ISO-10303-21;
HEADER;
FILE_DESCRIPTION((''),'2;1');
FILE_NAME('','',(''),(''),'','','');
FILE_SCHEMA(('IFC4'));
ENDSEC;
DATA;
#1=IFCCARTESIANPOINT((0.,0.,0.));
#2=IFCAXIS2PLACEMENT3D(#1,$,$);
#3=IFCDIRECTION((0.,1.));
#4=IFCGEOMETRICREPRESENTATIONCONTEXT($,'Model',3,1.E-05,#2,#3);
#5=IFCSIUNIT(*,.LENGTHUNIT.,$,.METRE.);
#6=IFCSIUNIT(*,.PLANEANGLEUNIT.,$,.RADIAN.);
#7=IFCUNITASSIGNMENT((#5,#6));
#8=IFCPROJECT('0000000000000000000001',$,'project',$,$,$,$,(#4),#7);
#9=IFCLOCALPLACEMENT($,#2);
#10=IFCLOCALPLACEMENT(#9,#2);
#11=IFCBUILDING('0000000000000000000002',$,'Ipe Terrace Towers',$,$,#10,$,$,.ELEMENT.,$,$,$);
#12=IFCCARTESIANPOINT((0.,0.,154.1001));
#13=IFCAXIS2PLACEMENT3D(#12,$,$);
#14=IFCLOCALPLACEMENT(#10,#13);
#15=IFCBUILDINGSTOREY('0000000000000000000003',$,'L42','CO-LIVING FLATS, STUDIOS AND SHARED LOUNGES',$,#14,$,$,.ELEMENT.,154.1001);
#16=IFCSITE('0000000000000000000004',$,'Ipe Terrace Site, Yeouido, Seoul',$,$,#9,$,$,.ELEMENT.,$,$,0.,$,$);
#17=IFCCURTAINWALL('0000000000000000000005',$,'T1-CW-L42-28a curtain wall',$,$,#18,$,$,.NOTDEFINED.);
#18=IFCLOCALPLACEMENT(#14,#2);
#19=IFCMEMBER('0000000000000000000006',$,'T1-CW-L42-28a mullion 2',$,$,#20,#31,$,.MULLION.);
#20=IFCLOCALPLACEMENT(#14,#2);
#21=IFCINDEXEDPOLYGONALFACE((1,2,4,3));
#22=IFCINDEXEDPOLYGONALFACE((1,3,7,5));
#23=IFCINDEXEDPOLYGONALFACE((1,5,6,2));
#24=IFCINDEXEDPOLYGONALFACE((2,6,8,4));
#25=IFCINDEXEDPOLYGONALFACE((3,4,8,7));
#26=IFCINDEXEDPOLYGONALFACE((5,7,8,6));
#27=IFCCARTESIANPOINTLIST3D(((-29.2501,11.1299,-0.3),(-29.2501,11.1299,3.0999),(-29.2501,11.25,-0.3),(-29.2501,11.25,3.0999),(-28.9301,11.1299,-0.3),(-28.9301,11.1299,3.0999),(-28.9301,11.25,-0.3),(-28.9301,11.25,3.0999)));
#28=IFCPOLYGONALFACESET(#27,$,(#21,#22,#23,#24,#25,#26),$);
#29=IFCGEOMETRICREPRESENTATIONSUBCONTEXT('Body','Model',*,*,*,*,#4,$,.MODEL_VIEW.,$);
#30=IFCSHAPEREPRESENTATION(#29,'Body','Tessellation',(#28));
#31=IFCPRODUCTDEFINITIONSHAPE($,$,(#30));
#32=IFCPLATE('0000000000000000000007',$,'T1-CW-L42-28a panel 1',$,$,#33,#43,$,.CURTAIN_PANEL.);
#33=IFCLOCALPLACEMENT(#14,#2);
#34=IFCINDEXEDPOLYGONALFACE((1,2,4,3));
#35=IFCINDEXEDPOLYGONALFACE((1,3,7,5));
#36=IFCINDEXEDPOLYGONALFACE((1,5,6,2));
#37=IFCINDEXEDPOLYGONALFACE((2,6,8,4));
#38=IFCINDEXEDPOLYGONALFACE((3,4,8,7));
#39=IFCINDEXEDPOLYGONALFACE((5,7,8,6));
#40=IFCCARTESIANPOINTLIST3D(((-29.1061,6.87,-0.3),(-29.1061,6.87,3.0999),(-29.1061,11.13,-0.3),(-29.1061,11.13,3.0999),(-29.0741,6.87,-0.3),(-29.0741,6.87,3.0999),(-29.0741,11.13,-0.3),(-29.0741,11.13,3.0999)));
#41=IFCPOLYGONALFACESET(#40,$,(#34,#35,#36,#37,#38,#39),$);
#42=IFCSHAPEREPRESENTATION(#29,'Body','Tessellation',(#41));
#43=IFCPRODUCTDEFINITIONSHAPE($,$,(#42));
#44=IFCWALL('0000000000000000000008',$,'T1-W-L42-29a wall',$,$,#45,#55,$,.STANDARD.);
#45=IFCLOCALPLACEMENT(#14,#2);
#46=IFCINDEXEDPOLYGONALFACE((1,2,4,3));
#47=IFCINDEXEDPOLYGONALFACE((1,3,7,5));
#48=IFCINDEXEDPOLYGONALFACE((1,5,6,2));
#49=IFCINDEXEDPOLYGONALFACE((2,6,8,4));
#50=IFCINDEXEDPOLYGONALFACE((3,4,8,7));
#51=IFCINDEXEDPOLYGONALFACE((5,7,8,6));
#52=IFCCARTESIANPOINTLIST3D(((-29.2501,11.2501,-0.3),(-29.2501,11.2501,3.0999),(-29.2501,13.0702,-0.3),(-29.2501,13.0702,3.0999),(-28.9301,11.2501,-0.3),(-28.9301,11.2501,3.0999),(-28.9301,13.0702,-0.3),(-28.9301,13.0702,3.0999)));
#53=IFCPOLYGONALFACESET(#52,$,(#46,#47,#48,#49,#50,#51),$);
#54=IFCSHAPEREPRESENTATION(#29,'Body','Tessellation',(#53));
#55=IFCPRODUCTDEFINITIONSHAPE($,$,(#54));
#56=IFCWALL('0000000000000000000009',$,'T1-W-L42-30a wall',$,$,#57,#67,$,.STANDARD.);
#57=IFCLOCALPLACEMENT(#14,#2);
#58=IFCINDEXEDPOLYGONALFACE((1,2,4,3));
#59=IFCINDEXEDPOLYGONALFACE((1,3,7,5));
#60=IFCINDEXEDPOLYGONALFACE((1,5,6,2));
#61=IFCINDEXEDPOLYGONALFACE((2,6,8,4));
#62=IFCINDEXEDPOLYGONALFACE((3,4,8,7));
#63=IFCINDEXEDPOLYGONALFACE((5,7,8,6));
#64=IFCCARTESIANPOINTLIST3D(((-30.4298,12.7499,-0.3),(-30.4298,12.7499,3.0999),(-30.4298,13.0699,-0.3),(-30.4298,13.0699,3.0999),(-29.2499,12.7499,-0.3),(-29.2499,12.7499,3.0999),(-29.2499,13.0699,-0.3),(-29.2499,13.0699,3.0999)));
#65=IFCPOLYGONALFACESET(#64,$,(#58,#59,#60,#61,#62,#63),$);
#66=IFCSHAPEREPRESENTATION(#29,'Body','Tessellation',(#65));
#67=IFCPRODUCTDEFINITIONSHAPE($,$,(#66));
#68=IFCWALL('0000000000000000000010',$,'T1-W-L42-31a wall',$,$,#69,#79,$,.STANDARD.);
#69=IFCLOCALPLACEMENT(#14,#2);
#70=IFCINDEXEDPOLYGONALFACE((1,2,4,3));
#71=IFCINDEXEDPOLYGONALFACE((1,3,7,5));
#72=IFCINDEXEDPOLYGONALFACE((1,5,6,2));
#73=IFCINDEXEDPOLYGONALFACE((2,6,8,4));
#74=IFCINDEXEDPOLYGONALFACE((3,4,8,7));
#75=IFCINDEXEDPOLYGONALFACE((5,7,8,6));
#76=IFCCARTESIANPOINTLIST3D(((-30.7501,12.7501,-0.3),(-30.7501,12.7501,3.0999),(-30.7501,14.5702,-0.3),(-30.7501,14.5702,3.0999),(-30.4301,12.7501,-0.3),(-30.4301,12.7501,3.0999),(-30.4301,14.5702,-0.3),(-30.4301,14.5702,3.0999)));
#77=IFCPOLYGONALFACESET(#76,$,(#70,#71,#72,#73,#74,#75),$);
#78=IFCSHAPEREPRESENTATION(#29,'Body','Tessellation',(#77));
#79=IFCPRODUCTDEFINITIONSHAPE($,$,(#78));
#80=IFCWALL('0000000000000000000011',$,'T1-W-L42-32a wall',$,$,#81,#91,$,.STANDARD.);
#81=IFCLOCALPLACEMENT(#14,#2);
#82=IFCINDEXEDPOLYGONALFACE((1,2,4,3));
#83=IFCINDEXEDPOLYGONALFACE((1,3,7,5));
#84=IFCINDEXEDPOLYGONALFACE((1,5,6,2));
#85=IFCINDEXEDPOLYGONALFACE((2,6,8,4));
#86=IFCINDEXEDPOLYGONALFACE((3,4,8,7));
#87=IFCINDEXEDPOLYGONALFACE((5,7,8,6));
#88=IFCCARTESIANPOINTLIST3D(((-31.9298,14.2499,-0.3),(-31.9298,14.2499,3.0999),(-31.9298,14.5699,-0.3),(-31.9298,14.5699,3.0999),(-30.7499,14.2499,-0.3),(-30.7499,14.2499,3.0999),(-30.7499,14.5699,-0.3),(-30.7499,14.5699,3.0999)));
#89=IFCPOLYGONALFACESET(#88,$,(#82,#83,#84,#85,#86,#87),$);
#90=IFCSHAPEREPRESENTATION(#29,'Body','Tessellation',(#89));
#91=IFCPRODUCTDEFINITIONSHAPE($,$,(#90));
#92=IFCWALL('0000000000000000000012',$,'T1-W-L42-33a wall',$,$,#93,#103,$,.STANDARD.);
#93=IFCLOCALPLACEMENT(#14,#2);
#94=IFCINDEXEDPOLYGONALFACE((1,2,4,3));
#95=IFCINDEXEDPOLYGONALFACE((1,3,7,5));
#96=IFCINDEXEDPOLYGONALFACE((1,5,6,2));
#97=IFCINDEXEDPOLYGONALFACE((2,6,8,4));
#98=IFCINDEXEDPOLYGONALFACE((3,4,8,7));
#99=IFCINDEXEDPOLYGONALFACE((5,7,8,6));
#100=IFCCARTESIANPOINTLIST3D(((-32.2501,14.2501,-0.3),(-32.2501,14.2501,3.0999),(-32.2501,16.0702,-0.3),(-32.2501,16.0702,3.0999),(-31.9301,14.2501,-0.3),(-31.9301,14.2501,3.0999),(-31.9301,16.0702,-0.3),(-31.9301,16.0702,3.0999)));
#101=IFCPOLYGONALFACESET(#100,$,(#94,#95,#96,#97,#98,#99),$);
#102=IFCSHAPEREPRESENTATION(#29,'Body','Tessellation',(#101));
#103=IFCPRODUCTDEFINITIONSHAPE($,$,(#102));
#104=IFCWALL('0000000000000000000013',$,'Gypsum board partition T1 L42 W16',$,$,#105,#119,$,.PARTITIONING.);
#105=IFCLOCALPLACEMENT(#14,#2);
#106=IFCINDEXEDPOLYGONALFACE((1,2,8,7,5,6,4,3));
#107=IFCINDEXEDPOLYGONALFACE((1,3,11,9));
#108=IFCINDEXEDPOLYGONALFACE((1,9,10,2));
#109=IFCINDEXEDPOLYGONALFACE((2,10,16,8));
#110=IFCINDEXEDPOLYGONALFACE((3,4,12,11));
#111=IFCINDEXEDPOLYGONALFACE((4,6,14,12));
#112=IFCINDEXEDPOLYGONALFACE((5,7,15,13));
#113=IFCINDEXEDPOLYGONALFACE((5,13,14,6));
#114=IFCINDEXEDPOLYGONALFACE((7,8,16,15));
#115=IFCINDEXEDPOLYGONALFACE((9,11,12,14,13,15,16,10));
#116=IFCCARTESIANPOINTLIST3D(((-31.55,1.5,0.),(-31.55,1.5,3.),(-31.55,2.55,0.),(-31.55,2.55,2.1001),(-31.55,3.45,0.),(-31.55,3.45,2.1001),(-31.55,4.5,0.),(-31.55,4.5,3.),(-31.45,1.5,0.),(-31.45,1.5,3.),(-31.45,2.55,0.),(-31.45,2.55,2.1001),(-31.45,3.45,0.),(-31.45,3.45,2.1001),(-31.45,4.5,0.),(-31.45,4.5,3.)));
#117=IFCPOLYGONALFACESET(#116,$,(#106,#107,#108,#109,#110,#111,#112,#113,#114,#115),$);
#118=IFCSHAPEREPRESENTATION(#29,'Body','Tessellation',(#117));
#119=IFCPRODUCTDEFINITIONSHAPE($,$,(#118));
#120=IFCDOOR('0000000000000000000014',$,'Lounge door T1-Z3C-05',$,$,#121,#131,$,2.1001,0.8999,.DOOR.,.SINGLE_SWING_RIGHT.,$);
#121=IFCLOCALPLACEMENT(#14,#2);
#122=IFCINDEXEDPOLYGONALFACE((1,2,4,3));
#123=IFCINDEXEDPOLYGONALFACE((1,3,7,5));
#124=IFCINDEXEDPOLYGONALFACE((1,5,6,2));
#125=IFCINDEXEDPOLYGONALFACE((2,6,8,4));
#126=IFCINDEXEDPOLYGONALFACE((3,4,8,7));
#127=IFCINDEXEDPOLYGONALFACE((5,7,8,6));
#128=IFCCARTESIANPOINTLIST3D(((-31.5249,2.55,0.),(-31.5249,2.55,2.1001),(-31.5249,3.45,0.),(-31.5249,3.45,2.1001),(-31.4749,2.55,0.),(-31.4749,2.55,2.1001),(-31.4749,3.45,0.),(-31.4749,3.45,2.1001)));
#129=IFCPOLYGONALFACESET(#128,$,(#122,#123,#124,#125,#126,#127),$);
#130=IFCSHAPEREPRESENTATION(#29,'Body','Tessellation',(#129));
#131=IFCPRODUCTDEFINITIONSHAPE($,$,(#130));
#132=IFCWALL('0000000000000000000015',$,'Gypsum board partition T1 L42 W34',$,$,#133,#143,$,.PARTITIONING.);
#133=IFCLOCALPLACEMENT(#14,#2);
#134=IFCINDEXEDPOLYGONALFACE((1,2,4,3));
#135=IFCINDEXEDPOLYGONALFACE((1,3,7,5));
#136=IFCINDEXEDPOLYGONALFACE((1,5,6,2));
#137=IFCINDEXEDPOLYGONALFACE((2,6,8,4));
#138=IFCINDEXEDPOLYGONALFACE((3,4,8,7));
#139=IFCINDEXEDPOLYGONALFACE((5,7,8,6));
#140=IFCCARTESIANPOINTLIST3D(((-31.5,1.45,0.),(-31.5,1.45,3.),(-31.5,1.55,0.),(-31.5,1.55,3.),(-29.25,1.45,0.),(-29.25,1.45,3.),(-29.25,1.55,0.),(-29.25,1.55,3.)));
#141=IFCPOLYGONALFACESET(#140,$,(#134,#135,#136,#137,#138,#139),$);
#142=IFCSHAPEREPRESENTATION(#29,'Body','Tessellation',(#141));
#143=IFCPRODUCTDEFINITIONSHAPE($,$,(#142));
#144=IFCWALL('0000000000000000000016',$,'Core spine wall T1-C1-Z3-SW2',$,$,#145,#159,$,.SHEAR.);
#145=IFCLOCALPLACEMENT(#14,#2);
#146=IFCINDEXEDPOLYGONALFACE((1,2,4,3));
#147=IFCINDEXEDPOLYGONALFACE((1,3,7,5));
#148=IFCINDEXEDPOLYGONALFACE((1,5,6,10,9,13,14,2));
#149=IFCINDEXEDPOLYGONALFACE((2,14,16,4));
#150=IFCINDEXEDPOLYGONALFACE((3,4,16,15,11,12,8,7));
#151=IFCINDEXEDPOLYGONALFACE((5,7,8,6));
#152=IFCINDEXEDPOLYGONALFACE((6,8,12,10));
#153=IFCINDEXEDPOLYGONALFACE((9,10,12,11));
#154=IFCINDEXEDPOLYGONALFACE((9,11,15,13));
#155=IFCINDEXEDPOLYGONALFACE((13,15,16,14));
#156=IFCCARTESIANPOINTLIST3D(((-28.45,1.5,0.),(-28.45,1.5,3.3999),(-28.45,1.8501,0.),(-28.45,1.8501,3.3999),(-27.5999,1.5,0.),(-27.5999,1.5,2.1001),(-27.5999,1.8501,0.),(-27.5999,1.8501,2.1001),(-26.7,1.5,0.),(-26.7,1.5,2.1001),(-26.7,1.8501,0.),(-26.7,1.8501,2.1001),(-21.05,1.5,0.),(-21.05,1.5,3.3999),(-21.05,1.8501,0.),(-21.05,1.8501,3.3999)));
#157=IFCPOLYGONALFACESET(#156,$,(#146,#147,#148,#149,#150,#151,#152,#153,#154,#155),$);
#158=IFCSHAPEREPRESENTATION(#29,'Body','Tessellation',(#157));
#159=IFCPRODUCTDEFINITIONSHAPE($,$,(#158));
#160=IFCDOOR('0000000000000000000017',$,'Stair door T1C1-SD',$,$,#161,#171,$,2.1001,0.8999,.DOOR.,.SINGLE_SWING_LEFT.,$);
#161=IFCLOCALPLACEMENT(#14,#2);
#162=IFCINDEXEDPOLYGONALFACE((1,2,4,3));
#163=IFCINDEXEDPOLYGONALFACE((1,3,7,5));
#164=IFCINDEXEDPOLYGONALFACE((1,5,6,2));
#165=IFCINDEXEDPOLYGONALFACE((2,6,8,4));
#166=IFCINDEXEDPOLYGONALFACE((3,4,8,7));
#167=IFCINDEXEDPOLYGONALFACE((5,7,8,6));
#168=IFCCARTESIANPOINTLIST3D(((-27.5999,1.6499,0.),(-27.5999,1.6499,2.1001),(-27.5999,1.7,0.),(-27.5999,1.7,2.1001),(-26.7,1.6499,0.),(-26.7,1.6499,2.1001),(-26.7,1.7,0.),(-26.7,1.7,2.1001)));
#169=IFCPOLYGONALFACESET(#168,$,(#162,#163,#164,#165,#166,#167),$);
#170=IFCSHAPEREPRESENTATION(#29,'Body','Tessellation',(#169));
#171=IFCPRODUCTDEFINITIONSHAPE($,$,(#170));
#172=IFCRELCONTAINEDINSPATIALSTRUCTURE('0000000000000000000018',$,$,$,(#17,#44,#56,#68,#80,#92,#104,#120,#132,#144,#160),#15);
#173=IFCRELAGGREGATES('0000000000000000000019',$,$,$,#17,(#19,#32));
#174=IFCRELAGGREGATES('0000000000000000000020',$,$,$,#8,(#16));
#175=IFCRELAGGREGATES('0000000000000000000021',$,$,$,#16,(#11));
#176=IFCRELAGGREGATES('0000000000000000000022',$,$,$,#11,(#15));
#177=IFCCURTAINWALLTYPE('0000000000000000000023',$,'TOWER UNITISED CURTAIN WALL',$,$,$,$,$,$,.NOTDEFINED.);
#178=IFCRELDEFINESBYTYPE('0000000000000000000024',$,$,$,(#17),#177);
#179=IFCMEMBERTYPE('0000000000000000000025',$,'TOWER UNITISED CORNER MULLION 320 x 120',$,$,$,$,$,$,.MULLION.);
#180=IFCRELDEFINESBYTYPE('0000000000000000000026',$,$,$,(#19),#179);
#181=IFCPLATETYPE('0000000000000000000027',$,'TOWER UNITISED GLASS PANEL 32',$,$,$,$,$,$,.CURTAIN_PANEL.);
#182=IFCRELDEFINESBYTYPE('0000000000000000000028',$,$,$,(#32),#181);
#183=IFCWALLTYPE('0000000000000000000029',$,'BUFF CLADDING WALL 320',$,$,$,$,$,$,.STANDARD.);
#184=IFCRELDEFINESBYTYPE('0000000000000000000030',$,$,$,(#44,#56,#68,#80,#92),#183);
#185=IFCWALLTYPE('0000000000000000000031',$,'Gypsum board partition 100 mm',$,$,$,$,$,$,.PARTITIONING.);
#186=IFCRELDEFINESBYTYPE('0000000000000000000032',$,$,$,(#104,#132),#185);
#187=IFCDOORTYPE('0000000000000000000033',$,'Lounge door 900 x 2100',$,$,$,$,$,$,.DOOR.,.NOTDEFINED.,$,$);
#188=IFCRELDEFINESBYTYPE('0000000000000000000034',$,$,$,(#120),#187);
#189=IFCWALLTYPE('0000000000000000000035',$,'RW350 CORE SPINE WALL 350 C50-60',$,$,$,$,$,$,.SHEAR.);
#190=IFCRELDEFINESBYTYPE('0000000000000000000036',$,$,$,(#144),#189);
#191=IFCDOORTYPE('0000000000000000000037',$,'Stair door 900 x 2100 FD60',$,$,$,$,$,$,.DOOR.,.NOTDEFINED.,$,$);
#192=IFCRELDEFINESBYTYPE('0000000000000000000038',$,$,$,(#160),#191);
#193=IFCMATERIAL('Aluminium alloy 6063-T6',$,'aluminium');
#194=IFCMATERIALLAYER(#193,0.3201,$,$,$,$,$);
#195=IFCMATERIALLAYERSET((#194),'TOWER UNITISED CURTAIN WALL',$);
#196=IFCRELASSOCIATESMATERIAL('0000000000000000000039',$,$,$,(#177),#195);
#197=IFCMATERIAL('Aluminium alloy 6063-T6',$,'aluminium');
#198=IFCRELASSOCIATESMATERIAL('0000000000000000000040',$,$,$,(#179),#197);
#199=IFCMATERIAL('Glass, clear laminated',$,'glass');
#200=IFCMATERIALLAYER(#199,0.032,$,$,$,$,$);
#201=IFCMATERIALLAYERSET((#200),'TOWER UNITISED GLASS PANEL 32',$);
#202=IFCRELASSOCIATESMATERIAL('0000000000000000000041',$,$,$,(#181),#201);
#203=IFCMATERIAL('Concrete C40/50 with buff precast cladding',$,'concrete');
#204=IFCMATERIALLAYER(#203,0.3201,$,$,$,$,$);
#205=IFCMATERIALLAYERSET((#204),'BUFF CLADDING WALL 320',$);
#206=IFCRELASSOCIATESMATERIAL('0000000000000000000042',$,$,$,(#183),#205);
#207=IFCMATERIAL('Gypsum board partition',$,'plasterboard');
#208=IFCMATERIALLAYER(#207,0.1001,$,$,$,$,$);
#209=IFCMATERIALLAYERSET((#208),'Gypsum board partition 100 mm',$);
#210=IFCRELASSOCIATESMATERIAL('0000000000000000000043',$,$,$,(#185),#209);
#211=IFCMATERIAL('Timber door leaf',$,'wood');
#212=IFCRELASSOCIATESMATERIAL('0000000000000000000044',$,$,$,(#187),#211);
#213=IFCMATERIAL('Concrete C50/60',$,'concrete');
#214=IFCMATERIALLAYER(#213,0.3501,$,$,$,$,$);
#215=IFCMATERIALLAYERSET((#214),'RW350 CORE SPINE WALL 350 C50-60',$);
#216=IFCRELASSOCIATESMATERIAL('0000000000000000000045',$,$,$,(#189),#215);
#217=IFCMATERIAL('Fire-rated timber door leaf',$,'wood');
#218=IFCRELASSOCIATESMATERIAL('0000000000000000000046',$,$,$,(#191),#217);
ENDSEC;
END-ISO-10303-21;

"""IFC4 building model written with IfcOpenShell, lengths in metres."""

from ifc_helpers import new_model, si_unit, direction, frame, frame_2d, origin, origin_2d, place, context, subcontext, project, spatial, rectangle, extrude, material, layer, layer_set, material_profile, profile_set, type_object, element, fill, aggregate, save


model = new_model("IFC4")

# Units and contexts
model_context = context("Model", 3, precision=1e-05, world=origin(), true_north=direction((0.0, 1.0)))
body_context = subcontext(model_context, "Body", "Model", "MODEL_VIEW")
ifc_project = project(units=[si_unit("LENGTHUNIT", "METRE"), si_unit("PLANEANGLEUNIT", "RADIAN")], contexts=[model_context])

# Site, building, storey
site_placement = place(None, origin())
site = spatial("IfcSite", under=ifc_project, at=site_placement, Name="Ipe Terrace Site, Yeouido, Seoul", CompositionType="ELEMENT", RefElevation=0.0)
building_placement = place(site_placement, origin())
building = spatial("IfcBuilding", under=site, at=building_placement, Name="Ipe Terrace Towers", CompositionType="ELEMENT")
storey_placement = place(building_placement, frame((0.0, 0.0, 154.1001)))
storey = spatial("IfcBuildingStorey", under=building, at=storey_placement, Name="L42", Description="CO-LIVING FLATS, STUDIOS AND SHARED LOUNGES", CompositionType="ELEMENT", Elevation=154.1001)

# Curtain wall, member, plate
ifc_material_1 = material(Name="Aluminium alloy 6063-T6", Category="aluminium")
ifc_layer_1 = layer(ifc_material_1, 0.3201)
ifc_layer_set_1 = layer_set([ifc_layer_1], Name="TOWER UNITISED CURTAIN WALL")
curtain_wall_type = type_object("IfcCurtainWallType", Name="TOWER UNITISED CURTAIN WALL", PredefinedType="NOTDEFINED", material=ifc_layer_set_1)
curtain_wall_placement = place(storey_placement, origin())
curtain_wall = element("IfcCurtainWall", 1, at=curtain_wall_placement, inside=storey, type_object=curtain_wall_type, Name="T1-CW-L42-28a curtain wall", PredefinedType="NOTDEFINED")
ifc_material_2 = material(Name="Aluminium alloy 6063-T6", Category="aluminium")
ifc_material_profile_1 = material_profile(ifc_material_2, rectangle(XDim=0.3201, YDim=0.1201, at=origin_2d()), Name="TOWER UNITISED CORNER MULLION 320 x 120")
ifc_profile_set_1 = profile_set([ifc_material_profile_1], Name="Aluminium alloy 6063-T6")
member_type = type_object("IfcMemberType", Name="TOWER UNITISED CORNER MULLION 320 x 120", PredefinedType="MULLION", material=ifc_profile_set_1)
member_1_placement = place(storey_placement, frame((-29.0901, 11.1899, -0.3), z_axis=(0.0, 0.0, 1.0), x_axis=(1.0, 0.0, 0.0)))
member_1 = element("IfcMember", 2, at=member_1_placement, type_object=member_type, Name="T1-CW-L42-28a mullion 2", PredefinedType="MULLION", context=body_context, shape_type="SweptSolid", body=[
    extrude(rectangle(XDim=0.3201, YDim=0.1201, at=origin_2d()), origin(), (0.0, 0.0, 1.0), 3.3999),
])
ifc_material_3 = material(Name="Glass, clear laminated", Category="glass")
ifc_layer_2 = layer(ifc_material_3, 0.032)
ifc_layer_set_2 = layer_set([ifc_layer_2], Name="TOWER UNITISED GLASS PANEL 32")
plate_type = type_object("IfcPlateType", Name="TOWER UNITISED GLASS PANEL 32", PredefinedType="CURTAIN_PANEL", material=ifc_layer_set_2)
plate_placement = place(storey_placement, frame((-29.0901, 9.0, -0.3), z_axis=(0.0, 0.0, 1.0), x_axis=(0.0, 1.0, 0.0)))
plate = element("IfcPlate", 3, at=plate_placement, type_object=plate_type, Name="T1-CW-L42-28a panel 1", PredefinedType="CURTAIN_PANEL", context=body_context, shape_type="SweptSolid", body=[
    extrude(rectangle(XDim=4.26, YDim=0.032, at=origin_2d()), origin(), (0.0, 0.0, 1.0), 3.3999),
])
aggregate(curtain_wall, [member_1, plate])

# Walls
ifc_material_4 = material(Name="Concrete C40/50 with buff precast cladding", Category="concrete")
ifc_layer_3 = layer(ifc_material_4, 0.3201)
ifc_layer_set_3 = layer_set([ifc_layer_3], Name="BUFF CLADDING WALL 320")
wall_type_1 = type_object("IfcWallType", Name="BUFF CLADDING WALL 320", PredefinedType="STANDARD", material=ifc_layer_set_3)
wall_1_placement = place(storey_placement, frame((-29.0901, 11.25, -0.3), z_axis=(0.0, 0.0, 1.0), x_axis=(0.0, 1.0, 0.0)))
element("IfcWall", 4, at=wall_1_placement, inside=storey, type_object=wall_type_1, Name="T1-W-L42-29a wall", PredefinedType="STANDARD", context=body_context, shape_type="SweptSolid", body=[
    extrude(rectangle(XDim=1.8201, YDim=0.3201, at=frame_2d((0.9102, 0.0))), origin(), (0.0, 0.0, 1.0), 3.3999),
])
wall_2_placement = place(storey_placement, frame((-29.25, 12.9099, -0.3), z_axis=(0.0, 0.0, 1.0), x_axis=(-1.0, 0.0, 0.0)))
element("IfcWall", 5, at=wall_2_placement, inside=storey, type_object=wall_type_1, Name="T1-W-L42-30a wall", PredefinedType="STANDARD", context=body_context, shape_type="SweptSolid", body=[
    extrude(rectangle(XDim=1.1799, YDim=0.3201, at=frame_2d((0.5898, 0.0))), origin(), (0.0, 0.0, 1.0), 3.3999),
])
wall_3_placement = place(storey_placement, frame((-30.5901, 12.75, -0.3), z_axis=(0.0, 0.0, 1.0), x_axis=(0.0, 1.0, 0.0)))
element("IfcWall", 6, at=wall_3_placement, inside=storey, type_object=wall_type_1, Name="T1-W-L42-31a wall", PredefinedType="STANDARD", context=body_context, shape_type="SweptSolid", body=[
    extrude(rectangle(XDim=1.8201, YDim=0.3201, at=frame_2d((0.9102, 0.0))), origin(), (0.0, 0.0, 1.0), 3.3999),
])
wall_4_placement = place(storey_placement, frame((-30.75, 14.4099, -0.3), z_axis=(0.0, 0.0, 1.0), x_axis=(-1.0, 0.0, 0.0)))
element("IfcWall", 7, at=wall_4_placement, inside=storey, type_object=wall_type_1, Name="T1-W-L42-32a wall", PredefinedType="STANDARD", context=body_context, shape_type="SweptSolid", body=[
    extrude(rectangle(XDim=1.1799, YDim=0.3201, at=frame_2d((0.5898, 0.0))), origin(), (0.0, 0.0, 1.0), 3.3999),
])
wall_5_placement = place(storey_placement, frame((-32.0901, 14.25, -0.3), z_axis=(0.0, 0.0, 1.0), x_axis=(0.0, 1.0, 0.0)))
element("IfcWall", 8, at=wall_5_placement, inside=storey, type_object=wall_type_1, Name="T1-W-L42-33a wall", PredefinedType="STANDARD", context=body_context, shape_type="SweptSolid", body=[
    extrude(rectangle(XDim=1.8201, YDim=0.3201, at=frame_2d((0.9102, 0.0))), origin(), (0.0, 0.0, 1.0), 3.3999),
])

# Wall, opening, door
ifc_material_5 = material(Name="Gypsum board partition", Category="plasterboard")
ifc_layer_4 = layer(ifc_material_5, 0.1001)
ifc_layer_set_4 = layer_set([ifc_layer_4], Name="Gypsum board partition 100 mm")
wall_type_2 = type_object("IfcWallType", Name="Gypsum board partition 100 mm", PredefinedType="PARTITIONING", material=ifc_layer_set_4)
wall_6_placement = place(storey_placement, frame((-31.5, 1.5, 0.0), z_axis=(0.0, 0.0, 1.0), x_axis=(0.0, 1.0, 0.0)))
wall_6 = element("IfcWall", 9, at=wall_6_placement, inside=storey, type_object=wall_type_2, Name="Gypsum board partition T1 L42 W16", PredefinedType="PARTITIONING", context=body_context, shape_type="SweptSolid", body=[
    extrude(rectangle(XDim=3.0, YDim=0.1001, at=frame_2d((1.5, 0.0))), origin(), (0.0, 0.0, 1.0), 3.0),
])
opening_1_placement = place(wall_6_placement, frame((1.05, 0.0, 0.0)))
opening_1 = element("IfcOpeningElement", 10, at=opening_1_placement, cuts=wall_6, PredefinedType="OPENING", context=body_context, shape_type="SweptSolid", body=[
    extrude(rectangle(XDim=0.8999, YDim=2.1001, at=frame_2d((0.45, 1.05))), frame((0.0, 0.0601, 0.0), z_axis=(0.0, -1.0, 0.0), x_axis=(1.0, 0.0, 0.0)), (0.0, 0.0, 1.0), 0.1201),
])
ifc_material_6 = material(Name="Timber door leaf", Category="wood")
door_type_1 = type_object("IfcDoorType", Name="Lounge door 900 x 2100", OperationType="NOTDEFINED", PredefinedType="DOOR", material=ifc_material_6)
door_1_placement = place(opening_1_placement, origin())
door_1 = element("IfcDoor", 11, at=door_1_placement, inside=storey, type_object=door_type_1, Name="Lounge door T1-Z3C-05", OperationType="SINGLE_SWING_RIGHT", OverallHeight=2.1001, OverallWidth=0.8999, PredefinedType="DOOR", context=body_context, shape_type="SweptSolid", body=[
    extrude(rectangle(XDim=0.8999, YDim=2.1001, at=frame_2d((0.45, 1.05))), frame((0.0, 0.0249, 0.0), z_axis=(0.0, -1.0, 0.0), x_axis=(1.0, 0.0, 0.0)), (0.0, 0.0, 1.0), 0.05),
])
fill(opening_1, door_1)

# Wall
wall_7_placement = place(storey_placement, frame((-31.5, 1.5, 0.0), z_axis=(0.0, 0.0, 1.0), x_axis=(1.0, 0.0, 0.0)))
element("IfcWall", 12, at=wall_7_placement, inside=storey, type_object=wall_type_2, Name="Gypsum board partition T1 L42 W34", PredefinedType="PARTITIONING", context=body_context, shape_type="SweptSolid", body=[
    extrude(rectangle(XDim=2.25, YDim=0.1001, at=frame_2d((1.125, 0.0))), origin(), (0.0, 0.0, 1.0), 3.0),
])

# Wall, opening, door
ifc_material_7 = material(Name="Concrete C50/60", Category="concrete")
ifc_layer_5 = layer(ifc_material_7, 0.3501)
ifc_layer_set_5 = layer_set([ifc_layer_5], Name="RW350 CORE SPINE WALL 350 C50-60")
wall_type_3 = type_object("IfcWallType", Name="RW350 CORE SPINE WALL 350 C50-60", PredefinedType="SHEAR", material=ifc_layer_set_5)
wall_8_placement = place(storey_placement, frame((-28.45, 1.675, 0.0), z_axis=(0.0, 0.0, 1.0), x_axis=(1.0, 0.0, 0.0)))
wall_8 = element("IfcWall", 13, at=wall_8_placement, inside=storey, type_object=wall_type_3, Name="Core spine wall T1-C1-Z3-SW2", PredefinedType="SHEAR", context=body_context, shape_type="SweptSolid", body=[
    extrude(rectangle(XDim=7.3999, YDim=0.3501, at=frame_2d((3.7, 0.0))), origin(), (0.0, 0.0, 1.0), 3.3999),
])
opening_2_placement = place(wall_8_placement, frame((0.8501, 0.0, 0.0)))
opening_2 = element("IfcOpeningElement", 14, at=opening_2_placement, cuts=wall_8, PredefinedType="OPENING", context=body_context, shape_type="SweptSolid", body=[
    extrude(rectangle(XDim=0.8999, YDim=2.1001, at=frame_2d((0.45, 1.05))), frame((0.0, 0.1851, 0.0), z_axis=(0.0, -1.0, 0.0), x_axis=(1.0, 0.0, 0.0)), (0.0, 0.0, 1.0), 0.3701),
])
ifc_material_8 = material(Name="Fire-rated timber door leaf", Category="wood")
door_type_2 = type_object("IfcDoorType", Name="Stair door 900 x 2100 FD60", OperationType="NOTDEFINED", PredefinedType="DOOR", material=ifc_material_8)
door_2_placement = place(opening_2_placement, origin())
door_2 = element("IfcDoor", 15, at=door_2_placement, inside=storey, type_object=door_type_2, Name="Stair door T1C1-SD", OperationType="SINGLE_SWING_LEFT", OverallHeight=2.1001, OverallWidth=0.8999, PredefinedType="DOOR", context=body_context, shape_type="SweptSolid", body=[
    extrude(rectangle(XDim=0.8999, YDim=2.1001, at=frame_2d((0.45, 1.05))), frame((0.0, 0.0249, 0.0), z_axis=(0.0, -1.0, 0.0), x_axis=(1.0, 0.0, 0.0)), (0.0, 0.0, 1.0), 0.05),
])
fill(opening_2, door_2)

save(model, "model.ifc")
